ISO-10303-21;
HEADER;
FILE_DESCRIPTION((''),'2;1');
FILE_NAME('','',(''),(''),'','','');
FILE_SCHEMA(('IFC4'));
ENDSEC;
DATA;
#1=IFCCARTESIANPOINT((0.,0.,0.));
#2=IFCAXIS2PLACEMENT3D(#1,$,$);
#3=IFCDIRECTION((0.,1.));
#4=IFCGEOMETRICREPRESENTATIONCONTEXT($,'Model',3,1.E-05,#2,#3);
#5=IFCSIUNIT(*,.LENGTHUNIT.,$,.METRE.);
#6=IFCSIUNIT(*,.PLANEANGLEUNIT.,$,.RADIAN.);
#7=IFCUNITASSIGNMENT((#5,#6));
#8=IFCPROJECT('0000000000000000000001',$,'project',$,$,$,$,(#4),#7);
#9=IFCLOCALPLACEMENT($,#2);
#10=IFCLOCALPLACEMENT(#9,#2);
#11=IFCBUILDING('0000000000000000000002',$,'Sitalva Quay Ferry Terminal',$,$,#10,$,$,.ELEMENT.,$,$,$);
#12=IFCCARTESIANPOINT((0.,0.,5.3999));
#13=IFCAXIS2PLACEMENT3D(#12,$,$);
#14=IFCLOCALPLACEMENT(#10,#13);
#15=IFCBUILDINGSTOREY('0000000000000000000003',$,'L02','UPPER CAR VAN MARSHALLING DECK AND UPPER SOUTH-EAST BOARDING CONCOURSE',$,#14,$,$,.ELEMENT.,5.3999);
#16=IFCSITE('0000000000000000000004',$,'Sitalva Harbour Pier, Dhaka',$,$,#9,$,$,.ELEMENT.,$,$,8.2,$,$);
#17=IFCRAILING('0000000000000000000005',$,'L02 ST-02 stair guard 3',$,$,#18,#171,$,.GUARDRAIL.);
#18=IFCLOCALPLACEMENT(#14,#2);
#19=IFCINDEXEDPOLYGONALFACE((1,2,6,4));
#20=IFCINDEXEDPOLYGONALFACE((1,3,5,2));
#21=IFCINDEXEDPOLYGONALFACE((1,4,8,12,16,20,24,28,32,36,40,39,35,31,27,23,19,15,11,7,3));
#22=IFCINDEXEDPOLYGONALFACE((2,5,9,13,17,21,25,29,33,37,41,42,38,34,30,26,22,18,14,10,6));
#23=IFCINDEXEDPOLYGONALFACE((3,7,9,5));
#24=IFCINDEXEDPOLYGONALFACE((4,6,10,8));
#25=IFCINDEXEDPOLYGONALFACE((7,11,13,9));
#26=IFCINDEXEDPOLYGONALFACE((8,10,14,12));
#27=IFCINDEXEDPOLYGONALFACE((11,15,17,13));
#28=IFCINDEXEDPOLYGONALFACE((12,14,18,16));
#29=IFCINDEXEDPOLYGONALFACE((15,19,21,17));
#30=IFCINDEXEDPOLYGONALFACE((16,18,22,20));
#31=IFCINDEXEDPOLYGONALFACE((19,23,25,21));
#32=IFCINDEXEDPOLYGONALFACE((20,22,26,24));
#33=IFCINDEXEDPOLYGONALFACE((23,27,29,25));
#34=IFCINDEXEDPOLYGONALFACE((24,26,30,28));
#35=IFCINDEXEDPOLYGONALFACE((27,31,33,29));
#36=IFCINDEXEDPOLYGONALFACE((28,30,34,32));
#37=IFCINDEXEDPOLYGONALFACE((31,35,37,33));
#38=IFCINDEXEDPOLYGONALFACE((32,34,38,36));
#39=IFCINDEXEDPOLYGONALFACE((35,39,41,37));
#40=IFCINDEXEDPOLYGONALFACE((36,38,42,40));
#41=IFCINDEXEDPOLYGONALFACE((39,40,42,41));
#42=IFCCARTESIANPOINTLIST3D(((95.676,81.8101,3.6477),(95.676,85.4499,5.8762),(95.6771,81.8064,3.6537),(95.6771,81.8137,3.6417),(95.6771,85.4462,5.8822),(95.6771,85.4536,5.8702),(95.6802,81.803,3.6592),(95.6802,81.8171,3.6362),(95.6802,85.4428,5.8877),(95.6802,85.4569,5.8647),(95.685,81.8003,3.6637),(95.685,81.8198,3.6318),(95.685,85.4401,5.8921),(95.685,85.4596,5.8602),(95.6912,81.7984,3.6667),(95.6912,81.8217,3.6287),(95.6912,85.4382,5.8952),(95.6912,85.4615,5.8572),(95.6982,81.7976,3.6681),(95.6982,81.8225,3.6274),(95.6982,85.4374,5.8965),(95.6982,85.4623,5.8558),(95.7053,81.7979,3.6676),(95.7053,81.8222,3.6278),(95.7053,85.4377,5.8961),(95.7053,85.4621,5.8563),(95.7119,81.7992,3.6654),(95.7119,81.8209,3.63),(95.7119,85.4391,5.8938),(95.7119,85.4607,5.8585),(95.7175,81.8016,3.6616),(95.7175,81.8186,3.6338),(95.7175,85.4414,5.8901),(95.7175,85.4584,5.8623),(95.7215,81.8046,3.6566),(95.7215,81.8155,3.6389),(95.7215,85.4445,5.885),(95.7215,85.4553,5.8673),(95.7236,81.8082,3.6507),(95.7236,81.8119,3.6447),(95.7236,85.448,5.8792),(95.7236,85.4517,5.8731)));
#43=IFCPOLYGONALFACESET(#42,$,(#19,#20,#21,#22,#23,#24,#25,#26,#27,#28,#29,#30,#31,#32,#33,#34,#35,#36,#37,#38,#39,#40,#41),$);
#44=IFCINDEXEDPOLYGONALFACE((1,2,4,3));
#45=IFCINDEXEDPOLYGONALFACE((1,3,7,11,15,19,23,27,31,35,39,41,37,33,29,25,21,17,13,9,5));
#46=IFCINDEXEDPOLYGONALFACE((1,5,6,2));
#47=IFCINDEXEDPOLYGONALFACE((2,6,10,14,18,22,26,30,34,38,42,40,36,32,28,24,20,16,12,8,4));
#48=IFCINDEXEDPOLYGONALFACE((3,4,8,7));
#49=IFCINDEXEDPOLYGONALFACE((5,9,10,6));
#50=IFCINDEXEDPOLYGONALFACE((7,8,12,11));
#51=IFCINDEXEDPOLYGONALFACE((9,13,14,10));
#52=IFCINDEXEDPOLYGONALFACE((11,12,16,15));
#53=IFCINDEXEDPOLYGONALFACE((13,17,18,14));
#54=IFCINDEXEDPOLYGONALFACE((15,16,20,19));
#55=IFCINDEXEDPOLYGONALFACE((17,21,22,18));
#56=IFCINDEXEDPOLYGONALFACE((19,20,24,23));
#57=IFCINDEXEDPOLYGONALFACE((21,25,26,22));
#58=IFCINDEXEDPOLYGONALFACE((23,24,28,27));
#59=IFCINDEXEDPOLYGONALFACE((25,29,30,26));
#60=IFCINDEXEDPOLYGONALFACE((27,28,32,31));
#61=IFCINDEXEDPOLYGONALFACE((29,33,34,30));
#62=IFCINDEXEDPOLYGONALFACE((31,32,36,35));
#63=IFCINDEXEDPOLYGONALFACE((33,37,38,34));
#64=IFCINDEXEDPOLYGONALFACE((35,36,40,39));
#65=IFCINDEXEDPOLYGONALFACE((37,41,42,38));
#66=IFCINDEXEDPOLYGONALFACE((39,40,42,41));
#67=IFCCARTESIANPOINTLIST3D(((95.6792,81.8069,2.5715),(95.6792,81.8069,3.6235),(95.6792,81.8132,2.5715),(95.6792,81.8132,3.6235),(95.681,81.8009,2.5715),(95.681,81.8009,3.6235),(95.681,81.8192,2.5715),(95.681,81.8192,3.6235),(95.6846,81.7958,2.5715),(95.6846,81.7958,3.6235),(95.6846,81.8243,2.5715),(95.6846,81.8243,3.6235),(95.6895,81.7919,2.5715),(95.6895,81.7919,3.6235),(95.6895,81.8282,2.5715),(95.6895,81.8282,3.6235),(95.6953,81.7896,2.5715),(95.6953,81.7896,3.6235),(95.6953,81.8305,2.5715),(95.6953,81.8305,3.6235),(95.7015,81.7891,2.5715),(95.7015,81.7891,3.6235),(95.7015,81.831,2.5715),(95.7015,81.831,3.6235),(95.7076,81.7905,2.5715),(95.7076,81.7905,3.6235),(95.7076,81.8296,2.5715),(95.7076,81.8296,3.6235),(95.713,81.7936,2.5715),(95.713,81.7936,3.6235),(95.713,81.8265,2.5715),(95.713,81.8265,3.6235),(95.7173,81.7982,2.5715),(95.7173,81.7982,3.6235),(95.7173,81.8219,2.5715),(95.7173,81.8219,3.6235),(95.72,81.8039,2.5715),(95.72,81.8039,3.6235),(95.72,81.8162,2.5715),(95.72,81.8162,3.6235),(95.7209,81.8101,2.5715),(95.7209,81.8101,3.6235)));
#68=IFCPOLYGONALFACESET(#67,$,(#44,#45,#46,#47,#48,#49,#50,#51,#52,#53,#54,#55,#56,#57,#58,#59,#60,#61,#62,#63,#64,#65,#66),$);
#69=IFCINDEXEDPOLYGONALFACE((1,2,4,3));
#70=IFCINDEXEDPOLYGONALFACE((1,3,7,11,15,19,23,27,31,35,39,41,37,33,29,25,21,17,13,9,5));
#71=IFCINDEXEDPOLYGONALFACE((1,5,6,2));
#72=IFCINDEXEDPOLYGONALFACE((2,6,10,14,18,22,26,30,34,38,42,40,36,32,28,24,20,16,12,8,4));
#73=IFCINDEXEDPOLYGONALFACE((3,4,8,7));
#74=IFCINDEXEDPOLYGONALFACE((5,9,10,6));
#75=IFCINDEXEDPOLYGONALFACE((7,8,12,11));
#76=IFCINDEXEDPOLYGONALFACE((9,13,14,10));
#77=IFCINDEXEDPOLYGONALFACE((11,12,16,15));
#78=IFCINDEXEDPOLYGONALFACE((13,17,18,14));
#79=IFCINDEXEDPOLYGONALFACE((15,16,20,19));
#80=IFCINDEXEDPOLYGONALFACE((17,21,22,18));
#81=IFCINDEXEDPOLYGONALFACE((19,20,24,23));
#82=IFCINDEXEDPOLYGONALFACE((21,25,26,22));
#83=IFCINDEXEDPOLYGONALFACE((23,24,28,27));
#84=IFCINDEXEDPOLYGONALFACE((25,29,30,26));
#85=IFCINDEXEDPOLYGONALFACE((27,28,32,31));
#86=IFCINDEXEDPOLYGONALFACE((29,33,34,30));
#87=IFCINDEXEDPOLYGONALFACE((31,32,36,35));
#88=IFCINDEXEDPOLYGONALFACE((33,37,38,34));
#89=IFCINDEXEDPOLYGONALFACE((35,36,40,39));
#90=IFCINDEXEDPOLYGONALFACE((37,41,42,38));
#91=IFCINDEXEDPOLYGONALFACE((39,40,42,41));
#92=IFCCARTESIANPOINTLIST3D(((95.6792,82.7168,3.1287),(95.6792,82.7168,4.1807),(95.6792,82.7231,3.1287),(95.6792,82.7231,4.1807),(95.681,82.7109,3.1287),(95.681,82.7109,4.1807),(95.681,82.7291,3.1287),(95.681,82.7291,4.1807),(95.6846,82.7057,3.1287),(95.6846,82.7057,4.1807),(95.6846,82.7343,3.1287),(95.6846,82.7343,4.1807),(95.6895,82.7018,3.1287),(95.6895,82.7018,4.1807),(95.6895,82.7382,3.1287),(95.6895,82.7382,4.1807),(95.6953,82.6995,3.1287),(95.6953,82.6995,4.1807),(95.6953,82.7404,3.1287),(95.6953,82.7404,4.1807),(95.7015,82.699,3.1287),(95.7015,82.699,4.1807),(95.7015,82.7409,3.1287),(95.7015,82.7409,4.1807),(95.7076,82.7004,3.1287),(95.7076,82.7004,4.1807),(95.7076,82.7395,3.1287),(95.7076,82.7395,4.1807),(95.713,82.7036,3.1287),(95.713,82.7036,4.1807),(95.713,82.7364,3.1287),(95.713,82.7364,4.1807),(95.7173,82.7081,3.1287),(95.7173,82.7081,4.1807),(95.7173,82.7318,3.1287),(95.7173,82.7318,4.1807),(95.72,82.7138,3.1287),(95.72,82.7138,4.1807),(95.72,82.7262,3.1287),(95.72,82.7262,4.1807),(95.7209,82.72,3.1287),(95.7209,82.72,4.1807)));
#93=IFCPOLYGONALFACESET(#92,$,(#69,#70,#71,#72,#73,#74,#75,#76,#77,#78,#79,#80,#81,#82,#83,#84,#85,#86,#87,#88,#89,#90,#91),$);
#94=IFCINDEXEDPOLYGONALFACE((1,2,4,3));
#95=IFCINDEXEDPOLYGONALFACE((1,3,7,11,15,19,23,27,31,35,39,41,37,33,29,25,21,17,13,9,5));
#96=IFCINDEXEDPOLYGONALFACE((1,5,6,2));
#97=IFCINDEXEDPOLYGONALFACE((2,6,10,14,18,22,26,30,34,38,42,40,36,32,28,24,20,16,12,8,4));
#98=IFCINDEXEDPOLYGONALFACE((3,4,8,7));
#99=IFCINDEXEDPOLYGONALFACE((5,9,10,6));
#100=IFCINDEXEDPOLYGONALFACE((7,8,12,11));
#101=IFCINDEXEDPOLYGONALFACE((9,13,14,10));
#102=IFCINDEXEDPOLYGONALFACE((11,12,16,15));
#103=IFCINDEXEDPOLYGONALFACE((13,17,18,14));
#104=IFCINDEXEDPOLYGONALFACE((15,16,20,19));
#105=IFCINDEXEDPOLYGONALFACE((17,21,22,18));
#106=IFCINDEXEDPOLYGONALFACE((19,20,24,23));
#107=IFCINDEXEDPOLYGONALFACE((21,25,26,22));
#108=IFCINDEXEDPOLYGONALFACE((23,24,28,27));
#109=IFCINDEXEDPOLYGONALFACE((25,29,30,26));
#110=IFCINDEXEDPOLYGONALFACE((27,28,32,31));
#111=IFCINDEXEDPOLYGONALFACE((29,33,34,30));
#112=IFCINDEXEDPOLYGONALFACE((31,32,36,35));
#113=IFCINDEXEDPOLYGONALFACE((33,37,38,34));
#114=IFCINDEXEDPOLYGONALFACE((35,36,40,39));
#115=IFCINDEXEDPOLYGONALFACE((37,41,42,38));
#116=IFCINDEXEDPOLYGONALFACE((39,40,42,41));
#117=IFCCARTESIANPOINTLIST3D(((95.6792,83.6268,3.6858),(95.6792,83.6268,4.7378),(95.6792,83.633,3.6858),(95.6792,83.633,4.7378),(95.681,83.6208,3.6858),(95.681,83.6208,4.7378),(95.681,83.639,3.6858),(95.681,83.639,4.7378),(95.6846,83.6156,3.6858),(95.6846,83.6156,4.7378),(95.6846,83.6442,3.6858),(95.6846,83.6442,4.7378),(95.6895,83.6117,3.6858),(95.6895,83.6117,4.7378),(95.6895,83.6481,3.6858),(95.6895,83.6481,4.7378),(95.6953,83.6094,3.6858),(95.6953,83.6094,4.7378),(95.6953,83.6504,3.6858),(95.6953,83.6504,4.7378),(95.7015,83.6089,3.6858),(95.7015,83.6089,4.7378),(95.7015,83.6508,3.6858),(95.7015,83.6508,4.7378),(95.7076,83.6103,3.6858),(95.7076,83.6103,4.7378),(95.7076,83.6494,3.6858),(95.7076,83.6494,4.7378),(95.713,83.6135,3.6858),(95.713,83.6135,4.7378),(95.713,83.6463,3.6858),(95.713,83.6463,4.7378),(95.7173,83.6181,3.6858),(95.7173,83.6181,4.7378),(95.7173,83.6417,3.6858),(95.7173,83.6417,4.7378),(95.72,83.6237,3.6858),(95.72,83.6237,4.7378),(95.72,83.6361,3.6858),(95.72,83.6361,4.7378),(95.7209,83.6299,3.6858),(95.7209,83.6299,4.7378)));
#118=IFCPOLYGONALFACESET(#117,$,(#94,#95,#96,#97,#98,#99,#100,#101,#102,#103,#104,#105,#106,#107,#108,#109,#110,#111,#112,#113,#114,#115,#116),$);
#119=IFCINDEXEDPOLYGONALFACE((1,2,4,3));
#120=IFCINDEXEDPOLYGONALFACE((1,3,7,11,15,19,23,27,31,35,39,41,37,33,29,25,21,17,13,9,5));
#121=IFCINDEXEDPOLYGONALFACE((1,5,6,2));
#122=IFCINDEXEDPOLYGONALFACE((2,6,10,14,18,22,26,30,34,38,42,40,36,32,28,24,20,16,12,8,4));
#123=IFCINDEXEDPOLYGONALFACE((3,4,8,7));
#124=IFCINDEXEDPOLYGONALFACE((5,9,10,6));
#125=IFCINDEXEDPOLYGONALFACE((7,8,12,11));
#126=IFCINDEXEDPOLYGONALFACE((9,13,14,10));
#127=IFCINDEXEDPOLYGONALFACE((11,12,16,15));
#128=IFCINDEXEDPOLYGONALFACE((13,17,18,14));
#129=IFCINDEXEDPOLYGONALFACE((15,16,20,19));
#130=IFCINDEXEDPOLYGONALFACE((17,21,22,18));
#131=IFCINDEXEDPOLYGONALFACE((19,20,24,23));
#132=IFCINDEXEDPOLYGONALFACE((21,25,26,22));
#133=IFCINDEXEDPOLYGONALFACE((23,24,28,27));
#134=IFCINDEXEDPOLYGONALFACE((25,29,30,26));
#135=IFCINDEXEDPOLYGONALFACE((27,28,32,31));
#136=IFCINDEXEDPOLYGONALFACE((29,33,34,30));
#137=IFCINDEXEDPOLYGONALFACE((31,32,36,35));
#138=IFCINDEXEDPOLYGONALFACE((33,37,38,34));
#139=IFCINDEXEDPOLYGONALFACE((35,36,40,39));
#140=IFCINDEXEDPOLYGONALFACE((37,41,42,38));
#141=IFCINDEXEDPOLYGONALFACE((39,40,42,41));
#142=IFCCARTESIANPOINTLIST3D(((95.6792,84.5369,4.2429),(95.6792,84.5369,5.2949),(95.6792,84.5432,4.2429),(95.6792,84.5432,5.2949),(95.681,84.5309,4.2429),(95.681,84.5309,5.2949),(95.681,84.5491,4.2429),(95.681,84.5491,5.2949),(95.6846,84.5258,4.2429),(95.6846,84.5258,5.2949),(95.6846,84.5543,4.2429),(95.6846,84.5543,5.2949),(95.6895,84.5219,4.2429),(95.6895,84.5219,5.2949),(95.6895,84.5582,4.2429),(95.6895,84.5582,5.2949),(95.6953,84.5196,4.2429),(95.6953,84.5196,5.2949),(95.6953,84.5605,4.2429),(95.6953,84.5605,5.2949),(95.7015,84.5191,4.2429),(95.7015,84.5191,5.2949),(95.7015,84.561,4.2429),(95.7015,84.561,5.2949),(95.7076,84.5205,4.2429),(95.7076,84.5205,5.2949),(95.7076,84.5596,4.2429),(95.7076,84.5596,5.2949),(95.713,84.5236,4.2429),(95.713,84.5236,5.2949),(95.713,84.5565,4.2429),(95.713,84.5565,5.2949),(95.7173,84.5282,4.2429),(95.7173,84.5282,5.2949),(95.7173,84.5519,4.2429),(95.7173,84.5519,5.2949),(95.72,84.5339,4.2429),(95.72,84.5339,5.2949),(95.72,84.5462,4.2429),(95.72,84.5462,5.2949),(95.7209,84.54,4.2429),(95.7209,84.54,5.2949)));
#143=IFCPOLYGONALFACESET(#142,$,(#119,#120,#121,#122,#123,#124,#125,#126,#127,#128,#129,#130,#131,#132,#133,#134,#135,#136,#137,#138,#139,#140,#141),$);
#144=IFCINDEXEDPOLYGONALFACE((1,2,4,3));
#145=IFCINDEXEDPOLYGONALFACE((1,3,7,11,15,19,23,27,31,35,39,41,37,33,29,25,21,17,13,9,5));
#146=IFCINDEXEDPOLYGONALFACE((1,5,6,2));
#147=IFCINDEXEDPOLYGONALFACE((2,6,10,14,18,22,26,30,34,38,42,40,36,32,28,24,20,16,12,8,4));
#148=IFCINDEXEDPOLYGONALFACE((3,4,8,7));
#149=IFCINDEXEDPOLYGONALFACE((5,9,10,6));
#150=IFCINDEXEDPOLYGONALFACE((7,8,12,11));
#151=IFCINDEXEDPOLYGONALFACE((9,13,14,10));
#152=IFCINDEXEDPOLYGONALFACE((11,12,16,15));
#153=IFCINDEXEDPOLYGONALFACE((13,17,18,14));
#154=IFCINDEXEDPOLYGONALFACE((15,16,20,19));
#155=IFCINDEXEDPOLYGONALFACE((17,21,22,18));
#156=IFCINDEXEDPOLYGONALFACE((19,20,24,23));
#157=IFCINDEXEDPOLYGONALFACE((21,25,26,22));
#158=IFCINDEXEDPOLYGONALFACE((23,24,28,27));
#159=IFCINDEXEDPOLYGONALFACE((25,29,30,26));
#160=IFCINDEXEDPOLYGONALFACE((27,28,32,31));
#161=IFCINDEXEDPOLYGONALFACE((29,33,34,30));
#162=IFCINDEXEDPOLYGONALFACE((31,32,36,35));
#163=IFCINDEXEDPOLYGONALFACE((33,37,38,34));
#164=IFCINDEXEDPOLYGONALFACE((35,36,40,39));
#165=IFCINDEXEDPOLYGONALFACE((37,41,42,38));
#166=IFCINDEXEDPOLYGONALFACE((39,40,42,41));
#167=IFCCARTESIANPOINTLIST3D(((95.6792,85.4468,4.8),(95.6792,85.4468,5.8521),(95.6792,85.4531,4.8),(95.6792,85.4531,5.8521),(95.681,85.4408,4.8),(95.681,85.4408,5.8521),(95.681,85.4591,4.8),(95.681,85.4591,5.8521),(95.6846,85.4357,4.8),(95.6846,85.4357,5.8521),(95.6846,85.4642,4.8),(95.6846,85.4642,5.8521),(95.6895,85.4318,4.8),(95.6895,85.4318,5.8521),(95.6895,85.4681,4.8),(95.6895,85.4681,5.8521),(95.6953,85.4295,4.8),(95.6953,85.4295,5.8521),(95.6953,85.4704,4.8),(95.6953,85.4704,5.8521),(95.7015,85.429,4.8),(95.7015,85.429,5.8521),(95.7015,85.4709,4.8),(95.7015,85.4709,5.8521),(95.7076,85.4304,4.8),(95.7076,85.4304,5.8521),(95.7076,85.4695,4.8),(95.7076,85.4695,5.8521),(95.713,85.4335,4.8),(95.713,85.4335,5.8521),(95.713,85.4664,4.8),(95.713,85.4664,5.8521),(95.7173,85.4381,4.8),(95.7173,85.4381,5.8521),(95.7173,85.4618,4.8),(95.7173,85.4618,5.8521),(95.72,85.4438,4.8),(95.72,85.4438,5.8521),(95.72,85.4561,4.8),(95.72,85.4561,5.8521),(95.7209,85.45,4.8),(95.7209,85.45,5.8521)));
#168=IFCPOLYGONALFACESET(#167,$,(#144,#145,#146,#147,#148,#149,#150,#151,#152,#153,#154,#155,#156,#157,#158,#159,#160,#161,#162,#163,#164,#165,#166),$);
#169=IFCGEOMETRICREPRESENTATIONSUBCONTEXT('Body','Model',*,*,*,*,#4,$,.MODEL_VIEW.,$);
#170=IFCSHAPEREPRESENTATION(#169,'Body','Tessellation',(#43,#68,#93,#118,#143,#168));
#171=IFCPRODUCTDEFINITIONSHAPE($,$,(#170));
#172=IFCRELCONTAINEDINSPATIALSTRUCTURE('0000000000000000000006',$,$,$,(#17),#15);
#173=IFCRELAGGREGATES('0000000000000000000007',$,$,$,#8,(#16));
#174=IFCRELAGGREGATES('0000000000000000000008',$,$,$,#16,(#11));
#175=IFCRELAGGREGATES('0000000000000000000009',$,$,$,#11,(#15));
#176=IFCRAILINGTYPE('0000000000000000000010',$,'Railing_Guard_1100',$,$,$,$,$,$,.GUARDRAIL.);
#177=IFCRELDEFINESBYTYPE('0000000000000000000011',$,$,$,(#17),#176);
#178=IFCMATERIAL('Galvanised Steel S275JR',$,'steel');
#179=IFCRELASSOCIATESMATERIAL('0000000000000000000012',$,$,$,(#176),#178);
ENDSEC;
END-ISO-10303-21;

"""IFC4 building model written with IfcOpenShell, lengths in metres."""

from ifc_helpers import new_model, si_unit, direction, frame, origin, origin_2d, place, context, subcontext, project, spatial, circle, extrude, material, type_object, element, save


model = new_model("IFC4")

# Units and contexts
model_context = context("Model", 3, precision=1e-05, world=origin(), true_north=direction((0.0, 1.0)))
body_context = subcontext(model_context, "Body", "Model", "MODEL_VIEW")
ifc_project = project(units=[si_unit("LENGTHUNIT", "METRE"), si_unit("PLANEANGLEUNIT", "RADIAN")], contexts=[model_context])

# Site, building, storey
site_placement = place(None, origin())
site = spatial("IfcSite", under=ifc_project, at=site_placement, Name="Sitalva Harbour Pier, Dhaka", CompositionType="ELEMENT", RefElevation=8.2)
building_placement = place(site_placement, origin())
building = spatial("IfcBuilding", under=site, at=building_placement, Name="Sitalva Quay Ferry Terminal", CompositionType="ELEMENT")
storey_placement = place(building_placement, frame((0.0, 0.0, 5.3999)))
storey = spatial("IfcBuildingStorey", under=building, at=storey_placement, Name="L02", Description="UPPER CAR VAN MARSHALLING DECK AND UPPER SOUTH-EAST BOARDING CONCOURSE", CompositionType="ELEMENT", Elevation=5.3999)

# Railing
ifc_material_1 = material(Name="Galvanised Steel S275JR", Category="steel")
railing_type_1 = type_object("IfcRailingType", Name="Railing_Guard_1100", PredefinedType="GUARDRAIL", material=ifc_material_1)
railing_1_placement = place(storey_placement, frame((95.7, 81.8101, 2.5715)))
element("IfcRailing", 1, at=railing_1_placement, inside=storey, type_object=railing_type_1, Name="L02 ST-02 stair guard 3", PredefinedType="GUARDRAIL", context=body_context, shape_type="SweptSolid", body=[
    extrude(circle(Radius=0.0239, at=origin_2d()), frame((0.0, 0.0, 1.0762), z_axis=(0.0, 0.85285, 0.522156), x_axis=(-1.0, 0.0, 0.0)), (0.0, 0.0, 1.0), 4.2678),
    extrude(circle(Radius=0.021, at=origin_2d()), origin(), (0.0, 0.0, 1.0), 1.052),
    extrude(circle(Radius=0.021, at=origin_2d()), frame((0.0, 0.9099, 0.5571)), (0.0, 0.0, 1.0), 1.052),
    extrude(circle(Radius=0.021, at=origin_2d()), frame((0.0, 1.8198, 1.1143)), (0.0, 0.0, 1.0), 1.052),
    extrude(circle(Radius=0.021, at=origin_2d()), frame((0.0, 2.73, 1.6714)), (0.0, 0.0, 1.0), 1.052),
    extrude(circle(Radius=0.021, at=origin_2d()), frame((0.0, 3.6399, 2.2285)), (0.0, 0.0, 1.0), 1.052),
])

save(model, "model.ifc")
